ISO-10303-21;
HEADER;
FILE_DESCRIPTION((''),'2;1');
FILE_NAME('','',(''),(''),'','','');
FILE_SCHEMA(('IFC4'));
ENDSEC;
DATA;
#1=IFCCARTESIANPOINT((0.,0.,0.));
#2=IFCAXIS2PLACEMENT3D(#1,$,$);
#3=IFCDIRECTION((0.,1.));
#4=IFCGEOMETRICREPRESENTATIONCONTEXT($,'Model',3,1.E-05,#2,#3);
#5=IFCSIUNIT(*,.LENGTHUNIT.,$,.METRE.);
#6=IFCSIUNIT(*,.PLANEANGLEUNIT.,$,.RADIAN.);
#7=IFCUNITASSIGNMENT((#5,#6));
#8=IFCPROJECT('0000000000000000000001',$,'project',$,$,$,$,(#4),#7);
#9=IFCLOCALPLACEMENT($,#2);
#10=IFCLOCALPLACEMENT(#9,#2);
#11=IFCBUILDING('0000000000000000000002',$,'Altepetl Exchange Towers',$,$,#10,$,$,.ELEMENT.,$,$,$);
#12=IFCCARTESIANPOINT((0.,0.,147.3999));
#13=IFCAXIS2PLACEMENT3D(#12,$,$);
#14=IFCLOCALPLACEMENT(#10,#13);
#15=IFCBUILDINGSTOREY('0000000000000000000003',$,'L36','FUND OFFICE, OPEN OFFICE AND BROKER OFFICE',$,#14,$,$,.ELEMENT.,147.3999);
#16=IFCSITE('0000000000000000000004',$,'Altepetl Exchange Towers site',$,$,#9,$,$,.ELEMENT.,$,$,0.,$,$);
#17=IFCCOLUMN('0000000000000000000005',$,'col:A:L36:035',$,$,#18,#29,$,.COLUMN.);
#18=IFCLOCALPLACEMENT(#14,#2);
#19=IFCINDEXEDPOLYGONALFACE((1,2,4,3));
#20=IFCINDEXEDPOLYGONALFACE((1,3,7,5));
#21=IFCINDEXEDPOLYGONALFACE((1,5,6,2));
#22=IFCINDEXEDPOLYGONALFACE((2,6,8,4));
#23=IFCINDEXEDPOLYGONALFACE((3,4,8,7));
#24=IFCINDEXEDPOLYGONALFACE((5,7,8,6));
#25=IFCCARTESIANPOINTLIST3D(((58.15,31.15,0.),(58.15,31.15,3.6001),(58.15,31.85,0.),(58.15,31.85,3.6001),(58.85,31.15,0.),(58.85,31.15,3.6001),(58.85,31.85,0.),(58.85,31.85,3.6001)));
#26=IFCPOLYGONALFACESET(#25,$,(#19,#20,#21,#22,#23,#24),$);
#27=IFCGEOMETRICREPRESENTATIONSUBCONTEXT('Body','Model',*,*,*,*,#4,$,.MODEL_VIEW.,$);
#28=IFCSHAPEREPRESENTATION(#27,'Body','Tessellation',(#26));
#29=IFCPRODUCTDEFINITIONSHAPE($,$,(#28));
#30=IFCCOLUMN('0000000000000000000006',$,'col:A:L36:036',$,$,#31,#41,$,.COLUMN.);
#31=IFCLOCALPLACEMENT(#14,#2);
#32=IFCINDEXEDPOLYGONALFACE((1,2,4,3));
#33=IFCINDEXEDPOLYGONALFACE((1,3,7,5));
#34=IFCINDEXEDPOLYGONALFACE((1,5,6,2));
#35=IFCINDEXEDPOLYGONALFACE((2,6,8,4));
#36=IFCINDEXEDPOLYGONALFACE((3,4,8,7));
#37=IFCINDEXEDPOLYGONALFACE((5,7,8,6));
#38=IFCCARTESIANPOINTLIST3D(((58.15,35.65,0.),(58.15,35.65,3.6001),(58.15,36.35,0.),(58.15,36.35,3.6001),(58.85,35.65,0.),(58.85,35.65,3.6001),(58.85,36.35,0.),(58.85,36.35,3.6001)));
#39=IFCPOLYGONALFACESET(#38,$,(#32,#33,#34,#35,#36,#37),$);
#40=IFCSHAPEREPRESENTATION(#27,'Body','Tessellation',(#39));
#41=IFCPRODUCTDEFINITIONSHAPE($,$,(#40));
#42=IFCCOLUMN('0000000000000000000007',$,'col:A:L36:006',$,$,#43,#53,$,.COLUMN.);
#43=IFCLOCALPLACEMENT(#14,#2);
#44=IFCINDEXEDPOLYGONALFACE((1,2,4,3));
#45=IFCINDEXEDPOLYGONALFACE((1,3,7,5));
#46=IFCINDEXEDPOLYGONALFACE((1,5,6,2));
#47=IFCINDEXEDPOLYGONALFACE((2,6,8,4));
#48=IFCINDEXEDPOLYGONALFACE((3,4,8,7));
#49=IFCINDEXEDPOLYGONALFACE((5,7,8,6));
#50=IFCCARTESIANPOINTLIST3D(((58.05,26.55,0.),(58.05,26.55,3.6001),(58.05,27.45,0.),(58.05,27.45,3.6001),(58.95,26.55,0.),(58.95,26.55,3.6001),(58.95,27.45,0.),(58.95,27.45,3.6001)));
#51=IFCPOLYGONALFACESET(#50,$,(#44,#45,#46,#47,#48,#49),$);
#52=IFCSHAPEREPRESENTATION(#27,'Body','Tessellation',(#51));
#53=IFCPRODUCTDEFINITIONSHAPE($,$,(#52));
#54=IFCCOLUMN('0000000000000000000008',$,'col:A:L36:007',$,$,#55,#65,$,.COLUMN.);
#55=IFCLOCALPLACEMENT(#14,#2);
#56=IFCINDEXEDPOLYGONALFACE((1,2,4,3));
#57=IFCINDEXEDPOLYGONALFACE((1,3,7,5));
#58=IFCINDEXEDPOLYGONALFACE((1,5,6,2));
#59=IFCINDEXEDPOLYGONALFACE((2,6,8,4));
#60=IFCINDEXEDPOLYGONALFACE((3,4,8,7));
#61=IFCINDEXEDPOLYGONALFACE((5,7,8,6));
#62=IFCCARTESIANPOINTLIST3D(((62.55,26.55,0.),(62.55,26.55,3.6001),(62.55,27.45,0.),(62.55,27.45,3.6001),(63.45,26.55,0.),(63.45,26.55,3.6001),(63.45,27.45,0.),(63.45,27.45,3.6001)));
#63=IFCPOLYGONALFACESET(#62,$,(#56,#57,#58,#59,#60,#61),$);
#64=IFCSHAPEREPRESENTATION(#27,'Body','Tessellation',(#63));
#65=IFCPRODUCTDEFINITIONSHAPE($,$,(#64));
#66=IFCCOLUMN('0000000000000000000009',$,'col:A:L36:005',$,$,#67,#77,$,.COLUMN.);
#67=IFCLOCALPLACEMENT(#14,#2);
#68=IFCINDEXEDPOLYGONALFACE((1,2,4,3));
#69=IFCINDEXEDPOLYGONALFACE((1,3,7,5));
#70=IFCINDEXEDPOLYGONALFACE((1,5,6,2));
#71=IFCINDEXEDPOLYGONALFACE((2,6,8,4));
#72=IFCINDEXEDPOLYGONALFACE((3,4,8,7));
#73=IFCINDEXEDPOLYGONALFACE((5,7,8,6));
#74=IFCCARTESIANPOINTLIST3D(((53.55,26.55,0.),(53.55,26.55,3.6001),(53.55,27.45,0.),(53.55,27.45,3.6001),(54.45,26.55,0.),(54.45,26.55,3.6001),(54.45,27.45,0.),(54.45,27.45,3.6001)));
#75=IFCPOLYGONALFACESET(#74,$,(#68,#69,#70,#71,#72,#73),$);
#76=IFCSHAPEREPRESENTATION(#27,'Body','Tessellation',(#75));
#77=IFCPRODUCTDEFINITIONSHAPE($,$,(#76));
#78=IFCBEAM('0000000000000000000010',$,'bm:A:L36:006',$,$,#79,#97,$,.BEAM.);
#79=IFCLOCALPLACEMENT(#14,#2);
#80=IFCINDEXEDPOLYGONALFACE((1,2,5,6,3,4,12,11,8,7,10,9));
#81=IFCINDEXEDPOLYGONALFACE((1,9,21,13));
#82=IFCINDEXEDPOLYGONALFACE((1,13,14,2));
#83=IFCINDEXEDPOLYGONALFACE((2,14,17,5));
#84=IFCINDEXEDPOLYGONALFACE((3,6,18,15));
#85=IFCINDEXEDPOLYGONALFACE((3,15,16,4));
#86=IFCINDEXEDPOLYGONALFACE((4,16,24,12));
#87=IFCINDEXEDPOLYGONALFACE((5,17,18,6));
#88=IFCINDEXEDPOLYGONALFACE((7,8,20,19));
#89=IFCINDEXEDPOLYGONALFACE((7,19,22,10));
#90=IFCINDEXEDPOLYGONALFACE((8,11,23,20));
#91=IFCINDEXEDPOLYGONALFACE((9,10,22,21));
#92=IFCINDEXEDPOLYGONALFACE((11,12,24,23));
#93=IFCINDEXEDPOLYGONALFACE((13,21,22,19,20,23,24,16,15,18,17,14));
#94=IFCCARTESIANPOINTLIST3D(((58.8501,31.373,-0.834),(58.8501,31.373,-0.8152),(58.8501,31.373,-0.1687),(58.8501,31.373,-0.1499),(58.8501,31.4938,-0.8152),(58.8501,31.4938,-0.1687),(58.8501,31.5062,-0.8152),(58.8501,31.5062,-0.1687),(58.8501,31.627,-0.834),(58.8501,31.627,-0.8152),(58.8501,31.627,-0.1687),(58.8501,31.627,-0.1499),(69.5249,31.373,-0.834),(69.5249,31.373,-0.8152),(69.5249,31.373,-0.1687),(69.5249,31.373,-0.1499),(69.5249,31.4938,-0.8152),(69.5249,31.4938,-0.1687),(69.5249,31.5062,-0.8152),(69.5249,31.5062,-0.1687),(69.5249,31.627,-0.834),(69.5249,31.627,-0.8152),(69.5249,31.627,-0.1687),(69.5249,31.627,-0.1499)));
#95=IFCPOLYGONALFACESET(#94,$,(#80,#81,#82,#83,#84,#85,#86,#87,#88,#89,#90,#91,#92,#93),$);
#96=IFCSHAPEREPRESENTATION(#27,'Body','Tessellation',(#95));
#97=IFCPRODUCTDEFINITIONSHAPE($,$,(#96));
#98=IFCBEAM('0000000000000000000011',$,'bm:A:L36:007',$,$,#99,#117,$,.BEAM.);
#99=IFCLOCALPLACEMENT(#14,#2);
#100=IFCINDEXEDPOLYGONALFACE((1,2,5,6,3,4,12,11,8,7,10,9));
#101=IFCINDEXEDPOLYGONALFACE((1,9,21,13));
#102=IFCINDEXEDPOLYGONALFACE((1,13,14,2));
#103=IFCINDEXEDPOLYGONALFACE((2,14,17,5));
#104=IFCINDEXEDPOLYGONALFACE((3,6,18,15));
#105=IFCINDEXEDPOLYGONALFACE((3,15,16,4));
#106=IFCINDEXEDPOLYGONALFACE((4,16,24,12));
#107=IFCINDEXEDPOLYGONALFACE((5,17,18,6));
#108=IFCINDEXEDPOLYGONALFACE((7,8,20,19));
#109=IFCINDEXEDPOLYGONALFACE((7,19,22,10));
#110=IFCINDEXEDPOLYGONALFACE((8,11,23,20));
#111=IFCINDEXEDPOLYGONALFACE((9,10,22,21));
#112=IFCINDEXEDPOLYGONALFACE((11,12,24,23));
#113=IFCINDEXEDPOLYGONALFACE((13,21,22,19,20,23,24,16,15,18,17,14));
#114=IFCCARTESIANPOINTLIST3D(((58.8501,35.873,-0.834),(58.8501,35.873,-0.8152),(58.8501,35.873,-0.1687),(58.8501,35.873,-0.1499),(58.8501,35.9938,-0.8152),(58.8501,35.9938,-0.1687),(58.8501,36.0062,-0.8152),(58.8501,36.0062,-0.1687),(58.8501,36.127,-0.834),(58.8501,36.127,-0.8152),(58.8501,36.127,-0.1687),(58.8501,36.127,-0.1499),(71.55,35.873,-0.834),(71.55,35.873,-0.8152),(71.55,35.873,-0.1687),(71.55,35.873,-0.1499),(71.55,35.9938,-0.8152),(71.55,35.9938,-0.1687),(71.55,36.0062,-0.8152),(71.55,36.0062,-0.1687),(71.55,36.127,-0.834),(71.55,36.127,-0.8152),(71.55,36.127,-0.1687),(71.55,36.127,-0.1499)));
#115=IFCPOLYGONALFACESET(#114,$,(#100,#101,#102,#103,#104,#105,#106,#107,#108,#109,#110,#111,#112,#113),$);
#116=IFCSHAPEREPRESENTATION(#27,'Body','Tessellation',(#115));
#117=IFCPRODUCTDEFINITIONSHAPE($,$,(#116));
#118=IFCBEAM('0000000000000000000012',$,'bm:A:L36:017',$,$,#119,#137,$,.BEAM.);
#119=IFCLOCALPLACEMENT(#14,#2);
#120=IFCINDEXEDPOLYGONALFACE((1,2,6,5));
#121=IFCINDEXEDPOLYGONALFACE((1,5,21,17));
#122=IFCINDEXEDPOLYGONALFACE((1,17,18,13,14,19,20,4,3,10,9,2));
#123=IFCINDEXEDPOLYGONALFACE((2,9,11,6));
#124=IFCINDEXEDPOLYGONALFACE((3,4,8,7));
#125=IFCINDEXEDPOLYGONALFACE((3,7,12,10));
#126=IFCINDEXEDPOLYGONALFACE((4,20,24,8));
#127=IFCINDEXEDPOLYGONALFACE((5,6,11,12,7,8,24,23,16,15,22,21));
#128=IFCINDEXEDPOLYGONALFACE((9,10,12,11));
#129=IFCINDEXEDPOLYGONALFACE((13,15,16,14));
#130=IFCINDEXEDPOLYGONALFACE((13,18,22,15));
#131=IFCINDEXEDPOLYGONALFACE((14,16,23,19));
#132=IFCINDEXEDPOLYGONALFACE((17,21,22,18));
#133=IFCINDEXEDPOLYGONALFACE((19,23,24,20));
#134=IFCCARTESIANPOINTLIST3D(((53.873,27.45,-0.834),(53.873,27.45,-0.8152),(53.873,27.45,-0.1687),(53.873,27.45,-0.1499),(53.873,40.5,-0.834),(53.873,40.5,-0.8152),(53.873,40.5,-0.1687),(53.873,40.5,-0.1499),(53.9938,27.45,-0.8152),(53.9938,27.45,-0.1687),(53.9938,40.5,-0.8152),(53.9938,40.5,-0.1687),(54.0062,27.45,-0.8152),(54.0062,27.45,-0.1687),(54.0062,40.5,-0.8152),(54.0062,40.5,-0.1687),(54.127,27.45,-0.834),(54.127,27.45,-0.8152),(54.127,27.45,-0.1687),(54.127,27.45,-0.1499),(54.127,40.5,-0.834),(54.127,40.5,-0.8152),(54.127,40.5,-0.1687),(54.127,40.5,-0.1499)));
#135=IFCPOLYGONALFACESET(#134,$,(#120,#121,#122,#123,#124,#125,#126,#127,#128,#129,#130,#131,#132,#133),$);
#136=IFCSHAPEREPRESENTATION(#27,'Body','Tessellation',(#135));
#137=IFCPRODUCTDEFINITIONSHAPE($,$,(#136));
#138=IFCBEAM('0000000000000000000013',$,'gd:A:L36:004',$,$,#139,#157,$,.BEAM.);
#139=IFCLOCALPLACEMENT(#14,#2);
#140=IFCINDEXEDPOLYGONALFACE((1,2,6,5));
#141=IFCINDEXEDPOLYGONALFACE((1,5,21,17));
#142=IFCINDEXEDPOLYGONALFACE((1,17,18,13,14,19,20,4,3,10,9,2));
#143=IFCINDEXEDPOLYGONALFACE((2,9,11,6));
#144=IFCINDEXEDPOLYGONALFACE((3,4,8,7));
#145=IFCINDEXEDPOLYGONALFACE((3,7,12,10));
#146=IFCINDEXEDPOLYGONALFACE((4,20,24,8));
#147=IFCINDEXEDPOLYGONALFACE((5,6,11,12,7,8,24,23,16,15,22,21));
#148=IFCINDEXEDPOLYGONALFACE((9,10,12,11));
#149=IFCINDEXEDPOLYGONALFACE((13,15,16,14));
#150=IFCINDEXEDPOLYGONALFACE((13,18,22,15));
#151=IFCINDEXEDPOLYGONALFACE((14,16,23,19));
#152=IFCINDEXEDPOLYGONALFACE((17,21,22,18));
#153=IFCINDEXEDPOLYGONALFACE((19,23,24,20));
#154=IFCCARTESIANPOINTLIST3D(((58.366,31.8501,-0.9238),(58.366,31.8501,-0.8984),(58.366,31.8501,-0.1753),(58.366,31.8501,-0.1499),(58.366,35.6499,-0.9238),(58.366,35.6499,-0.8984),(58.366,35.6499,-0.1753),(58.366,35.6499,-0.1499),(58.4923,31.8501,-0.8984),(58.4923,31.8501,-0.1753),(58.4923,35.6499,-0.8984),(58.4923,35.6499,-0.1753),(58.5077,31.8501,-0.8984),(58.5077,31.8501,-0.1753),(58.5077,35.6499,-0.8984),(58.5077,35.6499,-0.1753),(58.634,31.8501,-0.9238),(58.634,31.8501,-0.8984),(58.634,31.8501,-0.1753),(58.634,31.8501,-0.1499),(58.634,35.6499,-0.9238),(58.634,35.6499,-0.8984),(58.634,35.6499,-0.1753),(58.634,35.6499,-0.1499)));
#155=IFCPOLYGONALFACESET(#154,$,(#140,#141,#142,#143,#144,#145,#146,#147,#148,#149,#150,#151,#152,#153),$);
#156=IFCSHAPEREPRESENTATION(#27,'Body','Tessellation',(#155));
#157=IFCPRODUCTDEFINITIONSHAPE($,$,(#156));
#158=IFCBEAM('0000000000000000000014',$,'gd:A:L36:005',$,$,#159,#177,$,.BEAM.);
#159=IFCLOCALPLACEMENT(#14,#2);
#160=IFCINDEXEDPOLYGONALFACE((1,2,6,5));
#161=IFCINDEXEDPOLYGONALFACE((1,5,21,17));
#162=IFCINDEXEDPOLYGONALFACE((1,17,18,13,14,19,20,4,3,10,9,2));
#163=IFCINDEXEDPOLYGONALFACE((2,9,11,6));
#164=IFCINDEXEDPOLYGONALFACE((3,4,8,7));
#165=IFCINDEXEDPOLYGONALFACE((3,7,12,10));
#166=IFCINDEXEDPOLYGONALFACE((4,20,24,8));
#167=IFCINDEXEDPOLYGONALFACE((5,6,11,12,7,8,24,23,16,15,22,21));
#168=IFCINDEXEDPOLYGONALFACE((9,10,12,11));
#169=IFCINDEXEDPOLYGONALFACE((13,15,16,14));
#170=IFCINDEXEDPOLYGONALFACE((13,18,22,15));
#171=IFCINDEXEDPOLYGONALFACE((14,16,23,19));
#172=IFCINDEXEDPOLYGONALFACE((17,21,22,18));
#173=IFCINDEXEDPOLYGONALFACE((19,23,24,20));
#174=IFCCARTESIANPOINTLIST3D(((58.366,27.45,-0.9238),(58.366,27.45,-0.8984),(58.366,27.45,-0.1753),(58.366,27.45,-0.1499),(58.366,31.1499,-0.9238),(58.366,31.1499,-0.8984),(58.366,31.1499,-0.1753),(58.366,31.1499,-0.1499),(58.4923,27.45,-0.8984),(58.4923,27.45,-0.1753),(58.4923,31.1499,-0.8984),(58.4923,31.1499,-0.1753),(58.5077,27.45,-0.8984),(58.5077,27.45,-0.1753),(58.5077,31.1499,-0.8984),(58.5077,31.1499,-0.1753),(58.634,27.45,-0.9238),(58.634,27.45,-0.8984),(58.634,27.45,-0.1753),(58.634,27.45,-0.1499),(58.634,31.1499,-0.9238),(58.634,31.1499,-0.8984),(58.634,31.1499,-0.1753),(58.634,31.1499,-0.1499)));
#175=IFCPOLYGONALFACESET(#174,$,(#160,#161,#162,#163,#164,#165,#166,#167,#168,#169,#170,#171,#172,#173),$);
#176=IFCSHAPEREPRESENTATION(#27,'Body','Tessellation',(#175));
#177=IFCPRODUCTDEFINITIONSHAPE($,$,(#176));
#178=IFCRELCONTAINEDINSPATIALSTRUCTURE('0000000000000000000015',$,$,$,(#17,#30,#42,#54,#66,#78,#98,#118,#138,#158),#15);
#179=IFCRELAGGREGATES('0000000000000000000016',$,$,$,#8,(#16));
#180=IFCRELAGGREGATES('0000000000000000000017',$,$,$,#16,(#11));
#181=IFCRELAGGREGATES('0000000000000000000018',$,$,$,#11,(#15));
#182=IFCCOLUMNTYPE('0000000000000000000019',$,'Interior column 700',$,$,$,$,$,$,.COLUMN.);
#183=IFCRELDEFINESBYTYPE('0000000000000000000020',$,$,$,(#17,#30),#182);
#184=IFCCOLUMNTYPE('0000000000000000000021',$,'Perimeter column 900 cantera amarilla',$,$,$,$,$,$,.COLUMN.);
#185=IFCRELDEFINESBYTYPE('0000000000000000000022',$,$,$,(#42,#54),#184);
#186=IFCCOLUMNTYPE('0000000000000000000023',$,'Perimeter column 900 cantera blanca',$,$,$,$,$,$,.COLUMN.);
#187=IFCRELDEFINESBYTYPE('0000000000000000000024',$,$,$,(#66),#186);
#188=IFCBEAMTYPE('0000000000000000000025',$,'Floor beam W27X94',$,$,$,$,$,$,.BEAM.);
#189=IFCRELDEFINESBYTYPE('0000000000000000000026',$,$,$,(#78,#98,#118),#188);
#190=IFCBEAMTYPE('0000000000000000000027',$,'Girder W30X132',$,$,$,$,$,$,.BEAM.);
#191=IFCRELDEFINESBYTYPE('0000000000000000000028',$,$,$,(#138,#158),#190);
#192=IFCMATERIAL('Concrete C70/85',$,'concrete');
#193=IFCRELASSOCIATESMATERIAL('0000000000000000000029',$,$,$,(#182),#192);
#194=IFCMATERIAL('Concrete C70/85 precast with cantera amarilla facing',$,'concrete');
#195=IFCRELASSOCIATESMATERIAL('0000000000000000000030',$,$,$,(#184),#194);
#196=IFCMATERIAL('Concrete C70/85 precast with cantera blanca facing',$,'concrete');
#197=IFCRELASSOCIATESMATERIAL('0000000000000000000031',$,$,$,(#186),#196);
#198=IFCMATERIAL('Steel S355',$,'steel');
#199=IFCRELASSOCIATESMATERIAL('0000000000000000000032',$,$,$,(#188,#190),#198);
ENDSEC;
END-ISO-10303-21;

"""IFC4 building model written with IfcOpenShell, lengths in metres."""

from ifc_helpers import new_model, si_unit, direction, frame, origin, origin_2d, place, context, subcontext, project, spatial, rectangle, i_section, extrude, material, material_profile, profile_set, type_object, element, save


model = new_model("IFC4")

# Units and contexts
model_context = context("Model", 3, precision=1e-05, world=origin(), true_north=direction((0.0, 1.0)))
body_context = subcontext(model_context, "Body", "Model", "MODEL_VIEW")
ifc_project = project(units=[si_unit("LENGTHUNIT", "METRE"), si_unit("PLANEANGLEUNIT", "RADIAN")], contexts=[model_context])

# Site, building, storey
site_placement = place(None, origin())
site = spatial("IfcSite", under=ifc_project, at=site_placement, Name="Altepetl Exchange Towers site", CompositionType="ELEMENT", RefElevation=0.0)
building_placement = place(site_placement, origin())
building = spatial("IfcBuilding", under=site, at=building_placement, Name="Altepetl Exchange Towers", CompositionType="ELEMENT")
storey_placement = place(building_placement, frame((0.0, 0.0, 147.3999)))
storey = spatial("IfcBuildingStorey", under=building, at=storey_placement, Name="L36", Description="FUND OFFICE, OPEN OFFICE AND BROKER OFFICE", CompositionType="ELEMENT", Elevation=147.3999)

# Columns
ifc_material_1 = material(Name="Concrete C70/85", Category="concrete")
ifc_material_profile_1 = material_profile(ifc_material_1, rectangle(XDim=0.7, YDim=0.7, at=origin_2d()), Name="700 x 700")
ifc_profile_set_1 = profile_set([ifc_material_profile_1], Name="Concrete C70/85")
column_type_1 = type_object("IfcColumnType", Name="Interior column 700", PredefinedType="COLUMN", material=ifc_profile_set_1)
for number, where, name in (
    (1, (58.5, 31.5, 0.0), "col:A:L36:035"),
    (2, (58.5, 36.0, 0.0), "col:A:L36:036"),
):
    element("IfcColumn", number, at=place(storey_placement, frame(where)), inside=storey, type_object=column_type_1, Name=name, PredefinedType="COLUMN", context=body_context, shape_type="SweptSolid", body=[
        extrude(rectangle(XDim=0.7, YDim=0.7, at=origin_2d()), origin(), (0.0, 0.0, 1.0), 3.6001),
    ])
ifc_material_2 = material(Name="Concrete C70/85 precast with cantera amarilla facing", Category="concrete")
ifc_material_profile_2 = material_profile(ifc_material_2, rectangle(XDim=0.8999, YDim=0.8999, at=origin_2d()), Name="900 x 900")
ifc_profile_set_2 = profile_set([ifc_material_profile_2], Name="Concrete C70/85 precast with cantera amarilla facing")
column_type_2 = type_object("IfcColumnType", Name="Perimeter column 900 cantera amarilla", PredefinedType="COLUMN", material=ifc_profile_set_2)
for number, where, name in (
    (3, (58.5, 27.0, 0.0), "col:A:L36:006"),
    (4, (63.0, 27.0, 0.0), "col:A:L36:007"),
):
    element("IfcColumn", number, at=place(storey_placement, frame(where)), inside=storey, type_object=column_type_2, Name=name, PredefinedType="COLUMN", context=body_context, shape_type="SweptSolid", body=[
        extrude(rectangle(XDim=0.8999, YDim=0.8999, at=origin_2d()), origin(), (0.0, 0.0, 1.0), 3.6001),
    ])
ifc_material_3 = material(Name="Concrete C70/85 precast with cantera blanca facing", Category="concrete")
ifc_material_profile_3 = material_profile(ifc_material_3, rectangle(XDim=0.8999, YDim=0.8999, at=origin_2d()), Name="900 x 900")
ifc_profile_set_3 = profile_set([ifc_material_profile_3], Name="Concrete C70/85 precast with cantera blanca facing")
column_type_3 = type_object("IfcColumnType", Name="Perimeter column 900 cantera blanca", PredefinedType="COLUMN", material=ifc_profile_set_3)
column_placement = place(storey_placement, frame((54.0, 27.0, 0.0)))
element("IfcColumn", 5, at=column_placement, inside=storey, type_object=column_type_3, Name="col:A:L36:005", PredefinedType="COLUMN", context=body_context, shape_type="SweptSolid", body=[
    extrude(rectangle(XDim=0.8999, YDim=0.8999, at=origin_2d()), origin(), (0.0, 0.0, 1.0), 3.6001),
])

# Beams
ifc_material_4 = material(Name="Steel S355", Category="steel")
ifc_material_profile_4 = material_profile(ifc_material_4, i_section(OverallWidth=0.2539, OverallDepth=0.6841, WebThickness=0.0125, FlangeThickness=0.0188, at=origin_2d()), Name="W27X94")
ifc_profile_set_4 = profile_set([ifc_material_profile_4], Name="Steel S355")
beam_type_1 = type_object("IfcBeamType", Name="Floor beam W27X94", PredefinedType="BEAM", material=ifc_profile_set_4)
beam_1_placement = place(storey_placement, frame((58.8501, 31.5, -0.4919), z_axis=(1.0, 0.0, 0.0), x_axis=(0.0, 1.0, 0.0)))
element("IfcBeam", 6, at=beam_1_placement, inside=storey, type_object=beam_type_1, Name="bm:A:L36:006", PredefinedType="BEAM", context=body_context, shape_type="SweptSolid", body=[
    extrude(i_section(OverallWidth=0.2539, OverallDepth=0.6841, WebThickness=0.0125, FlangeThickness=0.0188, at=origin_2d()), origin(), (0.0, 0.0, 1.0), 10.6748),
])
beam_2_placement = place(storey_placement, frame((58.8501, 36.0, -0.4919), z_axis=(1.0, 0.0, 0.0), x_axis=(0.0, 1.0, 0.0)))
element("IfcBeam", 7, at=beam_2_placement, inside=storey, type_object=beam_type_1, Name="bm:A:L36:007", PredefinedType="BEAM", context=body_context, shape_type="SweptSolid", body=[
    extrude(i_section(OverallWidth=0.2539, OverallDepth=0.6841, WebThickness=0.0125, FlangeThickness=0.0188, at=origin_2d()), origin(), (0.0, 0.0, 1.0), 12.7),
])
beam_3_placement = place(storey_placement, frame((54.0, 27.45, -0.4919), z_axis=(0.0, 1.0, 0.0), x_axis=(-1.0, 0.0, 0.0)))
element("IfcBeam", 8, at=beam_3_placement, inside=storey, type_object=beam_type_1, Name="bm:A:L36:017", PredefinedType="BEAM", context=body_context, shape_type="SweptSolid", body=[
    extrude(i_section(OverallWidth=0.2539, OverallDepth=0.6841, WebThickness=0.0125, FlangeThickness=0.0188, at=origin_2d()), origin(), (0.0, 0.0, 1.0), 13.05),
])
ifc_material_profile_5 = material_profile(ifc_material_4, i_section(OverallWidth=0.2681, OverallDepth=0.7739, WebThickness=0.0154, FlangeThickness=0.0254, at=origin_2d()), Name="W30X132")
ifc_profile_set_5 = profile_set([ifc_material_profile_5], Name="Steel S355")
beam_type_2 = type_object("IfcBeamType", Name="Girder W30X132", PredefinedType="BEAM", material=ifc_profile_set_5)
beam_4_placement = place(storey_placement, frame((58.5, 35.6499, -0.5369), z_axis=(0.0, -1.0, 0.0), x_axis=(1.0, 0.0, 0.0)))
element("IfcBeam", 9, at=beam_4_placement, inside=storey, type_object=beam_type_2, Name="gd:A:L36:004", PredefinedType="BEAM", context=body_context, shape_type="SweptSolid", body=[
    extrude(i_section(OverallWidth=0.2681, OverallDepth=0.7739, WebThickness=0.0154, FlangeThickness=0.0254, at=origin_2d()), origin(), (0.0, 0.0, 1.0), 3.7998),
])
beam_5_placement = place(storey_placement, frame((58.5, 31.1499, -0.5369), z_axis=(0.0, -1.0, 0.0), x_axis=(1.0, 0.0, 0.0)))
element("IfcBeam", 10, at=beam_5_placement, inside=storey, type_object=beam_type_2, Name="gd:A:L36:005", PredefinedType="BEAM", context=body_context, shape_type="SweptSolid", body=[
    extrude(i_section(OverallWidth=0.2681, OverallDepth=0.7739, WebThickness=0.0154, FlangeThickness=0.0254, at=origin_2d()), origin(), (0.0, 0.0, 1.0), 3.7),
])

save(model, "model.ifc")
